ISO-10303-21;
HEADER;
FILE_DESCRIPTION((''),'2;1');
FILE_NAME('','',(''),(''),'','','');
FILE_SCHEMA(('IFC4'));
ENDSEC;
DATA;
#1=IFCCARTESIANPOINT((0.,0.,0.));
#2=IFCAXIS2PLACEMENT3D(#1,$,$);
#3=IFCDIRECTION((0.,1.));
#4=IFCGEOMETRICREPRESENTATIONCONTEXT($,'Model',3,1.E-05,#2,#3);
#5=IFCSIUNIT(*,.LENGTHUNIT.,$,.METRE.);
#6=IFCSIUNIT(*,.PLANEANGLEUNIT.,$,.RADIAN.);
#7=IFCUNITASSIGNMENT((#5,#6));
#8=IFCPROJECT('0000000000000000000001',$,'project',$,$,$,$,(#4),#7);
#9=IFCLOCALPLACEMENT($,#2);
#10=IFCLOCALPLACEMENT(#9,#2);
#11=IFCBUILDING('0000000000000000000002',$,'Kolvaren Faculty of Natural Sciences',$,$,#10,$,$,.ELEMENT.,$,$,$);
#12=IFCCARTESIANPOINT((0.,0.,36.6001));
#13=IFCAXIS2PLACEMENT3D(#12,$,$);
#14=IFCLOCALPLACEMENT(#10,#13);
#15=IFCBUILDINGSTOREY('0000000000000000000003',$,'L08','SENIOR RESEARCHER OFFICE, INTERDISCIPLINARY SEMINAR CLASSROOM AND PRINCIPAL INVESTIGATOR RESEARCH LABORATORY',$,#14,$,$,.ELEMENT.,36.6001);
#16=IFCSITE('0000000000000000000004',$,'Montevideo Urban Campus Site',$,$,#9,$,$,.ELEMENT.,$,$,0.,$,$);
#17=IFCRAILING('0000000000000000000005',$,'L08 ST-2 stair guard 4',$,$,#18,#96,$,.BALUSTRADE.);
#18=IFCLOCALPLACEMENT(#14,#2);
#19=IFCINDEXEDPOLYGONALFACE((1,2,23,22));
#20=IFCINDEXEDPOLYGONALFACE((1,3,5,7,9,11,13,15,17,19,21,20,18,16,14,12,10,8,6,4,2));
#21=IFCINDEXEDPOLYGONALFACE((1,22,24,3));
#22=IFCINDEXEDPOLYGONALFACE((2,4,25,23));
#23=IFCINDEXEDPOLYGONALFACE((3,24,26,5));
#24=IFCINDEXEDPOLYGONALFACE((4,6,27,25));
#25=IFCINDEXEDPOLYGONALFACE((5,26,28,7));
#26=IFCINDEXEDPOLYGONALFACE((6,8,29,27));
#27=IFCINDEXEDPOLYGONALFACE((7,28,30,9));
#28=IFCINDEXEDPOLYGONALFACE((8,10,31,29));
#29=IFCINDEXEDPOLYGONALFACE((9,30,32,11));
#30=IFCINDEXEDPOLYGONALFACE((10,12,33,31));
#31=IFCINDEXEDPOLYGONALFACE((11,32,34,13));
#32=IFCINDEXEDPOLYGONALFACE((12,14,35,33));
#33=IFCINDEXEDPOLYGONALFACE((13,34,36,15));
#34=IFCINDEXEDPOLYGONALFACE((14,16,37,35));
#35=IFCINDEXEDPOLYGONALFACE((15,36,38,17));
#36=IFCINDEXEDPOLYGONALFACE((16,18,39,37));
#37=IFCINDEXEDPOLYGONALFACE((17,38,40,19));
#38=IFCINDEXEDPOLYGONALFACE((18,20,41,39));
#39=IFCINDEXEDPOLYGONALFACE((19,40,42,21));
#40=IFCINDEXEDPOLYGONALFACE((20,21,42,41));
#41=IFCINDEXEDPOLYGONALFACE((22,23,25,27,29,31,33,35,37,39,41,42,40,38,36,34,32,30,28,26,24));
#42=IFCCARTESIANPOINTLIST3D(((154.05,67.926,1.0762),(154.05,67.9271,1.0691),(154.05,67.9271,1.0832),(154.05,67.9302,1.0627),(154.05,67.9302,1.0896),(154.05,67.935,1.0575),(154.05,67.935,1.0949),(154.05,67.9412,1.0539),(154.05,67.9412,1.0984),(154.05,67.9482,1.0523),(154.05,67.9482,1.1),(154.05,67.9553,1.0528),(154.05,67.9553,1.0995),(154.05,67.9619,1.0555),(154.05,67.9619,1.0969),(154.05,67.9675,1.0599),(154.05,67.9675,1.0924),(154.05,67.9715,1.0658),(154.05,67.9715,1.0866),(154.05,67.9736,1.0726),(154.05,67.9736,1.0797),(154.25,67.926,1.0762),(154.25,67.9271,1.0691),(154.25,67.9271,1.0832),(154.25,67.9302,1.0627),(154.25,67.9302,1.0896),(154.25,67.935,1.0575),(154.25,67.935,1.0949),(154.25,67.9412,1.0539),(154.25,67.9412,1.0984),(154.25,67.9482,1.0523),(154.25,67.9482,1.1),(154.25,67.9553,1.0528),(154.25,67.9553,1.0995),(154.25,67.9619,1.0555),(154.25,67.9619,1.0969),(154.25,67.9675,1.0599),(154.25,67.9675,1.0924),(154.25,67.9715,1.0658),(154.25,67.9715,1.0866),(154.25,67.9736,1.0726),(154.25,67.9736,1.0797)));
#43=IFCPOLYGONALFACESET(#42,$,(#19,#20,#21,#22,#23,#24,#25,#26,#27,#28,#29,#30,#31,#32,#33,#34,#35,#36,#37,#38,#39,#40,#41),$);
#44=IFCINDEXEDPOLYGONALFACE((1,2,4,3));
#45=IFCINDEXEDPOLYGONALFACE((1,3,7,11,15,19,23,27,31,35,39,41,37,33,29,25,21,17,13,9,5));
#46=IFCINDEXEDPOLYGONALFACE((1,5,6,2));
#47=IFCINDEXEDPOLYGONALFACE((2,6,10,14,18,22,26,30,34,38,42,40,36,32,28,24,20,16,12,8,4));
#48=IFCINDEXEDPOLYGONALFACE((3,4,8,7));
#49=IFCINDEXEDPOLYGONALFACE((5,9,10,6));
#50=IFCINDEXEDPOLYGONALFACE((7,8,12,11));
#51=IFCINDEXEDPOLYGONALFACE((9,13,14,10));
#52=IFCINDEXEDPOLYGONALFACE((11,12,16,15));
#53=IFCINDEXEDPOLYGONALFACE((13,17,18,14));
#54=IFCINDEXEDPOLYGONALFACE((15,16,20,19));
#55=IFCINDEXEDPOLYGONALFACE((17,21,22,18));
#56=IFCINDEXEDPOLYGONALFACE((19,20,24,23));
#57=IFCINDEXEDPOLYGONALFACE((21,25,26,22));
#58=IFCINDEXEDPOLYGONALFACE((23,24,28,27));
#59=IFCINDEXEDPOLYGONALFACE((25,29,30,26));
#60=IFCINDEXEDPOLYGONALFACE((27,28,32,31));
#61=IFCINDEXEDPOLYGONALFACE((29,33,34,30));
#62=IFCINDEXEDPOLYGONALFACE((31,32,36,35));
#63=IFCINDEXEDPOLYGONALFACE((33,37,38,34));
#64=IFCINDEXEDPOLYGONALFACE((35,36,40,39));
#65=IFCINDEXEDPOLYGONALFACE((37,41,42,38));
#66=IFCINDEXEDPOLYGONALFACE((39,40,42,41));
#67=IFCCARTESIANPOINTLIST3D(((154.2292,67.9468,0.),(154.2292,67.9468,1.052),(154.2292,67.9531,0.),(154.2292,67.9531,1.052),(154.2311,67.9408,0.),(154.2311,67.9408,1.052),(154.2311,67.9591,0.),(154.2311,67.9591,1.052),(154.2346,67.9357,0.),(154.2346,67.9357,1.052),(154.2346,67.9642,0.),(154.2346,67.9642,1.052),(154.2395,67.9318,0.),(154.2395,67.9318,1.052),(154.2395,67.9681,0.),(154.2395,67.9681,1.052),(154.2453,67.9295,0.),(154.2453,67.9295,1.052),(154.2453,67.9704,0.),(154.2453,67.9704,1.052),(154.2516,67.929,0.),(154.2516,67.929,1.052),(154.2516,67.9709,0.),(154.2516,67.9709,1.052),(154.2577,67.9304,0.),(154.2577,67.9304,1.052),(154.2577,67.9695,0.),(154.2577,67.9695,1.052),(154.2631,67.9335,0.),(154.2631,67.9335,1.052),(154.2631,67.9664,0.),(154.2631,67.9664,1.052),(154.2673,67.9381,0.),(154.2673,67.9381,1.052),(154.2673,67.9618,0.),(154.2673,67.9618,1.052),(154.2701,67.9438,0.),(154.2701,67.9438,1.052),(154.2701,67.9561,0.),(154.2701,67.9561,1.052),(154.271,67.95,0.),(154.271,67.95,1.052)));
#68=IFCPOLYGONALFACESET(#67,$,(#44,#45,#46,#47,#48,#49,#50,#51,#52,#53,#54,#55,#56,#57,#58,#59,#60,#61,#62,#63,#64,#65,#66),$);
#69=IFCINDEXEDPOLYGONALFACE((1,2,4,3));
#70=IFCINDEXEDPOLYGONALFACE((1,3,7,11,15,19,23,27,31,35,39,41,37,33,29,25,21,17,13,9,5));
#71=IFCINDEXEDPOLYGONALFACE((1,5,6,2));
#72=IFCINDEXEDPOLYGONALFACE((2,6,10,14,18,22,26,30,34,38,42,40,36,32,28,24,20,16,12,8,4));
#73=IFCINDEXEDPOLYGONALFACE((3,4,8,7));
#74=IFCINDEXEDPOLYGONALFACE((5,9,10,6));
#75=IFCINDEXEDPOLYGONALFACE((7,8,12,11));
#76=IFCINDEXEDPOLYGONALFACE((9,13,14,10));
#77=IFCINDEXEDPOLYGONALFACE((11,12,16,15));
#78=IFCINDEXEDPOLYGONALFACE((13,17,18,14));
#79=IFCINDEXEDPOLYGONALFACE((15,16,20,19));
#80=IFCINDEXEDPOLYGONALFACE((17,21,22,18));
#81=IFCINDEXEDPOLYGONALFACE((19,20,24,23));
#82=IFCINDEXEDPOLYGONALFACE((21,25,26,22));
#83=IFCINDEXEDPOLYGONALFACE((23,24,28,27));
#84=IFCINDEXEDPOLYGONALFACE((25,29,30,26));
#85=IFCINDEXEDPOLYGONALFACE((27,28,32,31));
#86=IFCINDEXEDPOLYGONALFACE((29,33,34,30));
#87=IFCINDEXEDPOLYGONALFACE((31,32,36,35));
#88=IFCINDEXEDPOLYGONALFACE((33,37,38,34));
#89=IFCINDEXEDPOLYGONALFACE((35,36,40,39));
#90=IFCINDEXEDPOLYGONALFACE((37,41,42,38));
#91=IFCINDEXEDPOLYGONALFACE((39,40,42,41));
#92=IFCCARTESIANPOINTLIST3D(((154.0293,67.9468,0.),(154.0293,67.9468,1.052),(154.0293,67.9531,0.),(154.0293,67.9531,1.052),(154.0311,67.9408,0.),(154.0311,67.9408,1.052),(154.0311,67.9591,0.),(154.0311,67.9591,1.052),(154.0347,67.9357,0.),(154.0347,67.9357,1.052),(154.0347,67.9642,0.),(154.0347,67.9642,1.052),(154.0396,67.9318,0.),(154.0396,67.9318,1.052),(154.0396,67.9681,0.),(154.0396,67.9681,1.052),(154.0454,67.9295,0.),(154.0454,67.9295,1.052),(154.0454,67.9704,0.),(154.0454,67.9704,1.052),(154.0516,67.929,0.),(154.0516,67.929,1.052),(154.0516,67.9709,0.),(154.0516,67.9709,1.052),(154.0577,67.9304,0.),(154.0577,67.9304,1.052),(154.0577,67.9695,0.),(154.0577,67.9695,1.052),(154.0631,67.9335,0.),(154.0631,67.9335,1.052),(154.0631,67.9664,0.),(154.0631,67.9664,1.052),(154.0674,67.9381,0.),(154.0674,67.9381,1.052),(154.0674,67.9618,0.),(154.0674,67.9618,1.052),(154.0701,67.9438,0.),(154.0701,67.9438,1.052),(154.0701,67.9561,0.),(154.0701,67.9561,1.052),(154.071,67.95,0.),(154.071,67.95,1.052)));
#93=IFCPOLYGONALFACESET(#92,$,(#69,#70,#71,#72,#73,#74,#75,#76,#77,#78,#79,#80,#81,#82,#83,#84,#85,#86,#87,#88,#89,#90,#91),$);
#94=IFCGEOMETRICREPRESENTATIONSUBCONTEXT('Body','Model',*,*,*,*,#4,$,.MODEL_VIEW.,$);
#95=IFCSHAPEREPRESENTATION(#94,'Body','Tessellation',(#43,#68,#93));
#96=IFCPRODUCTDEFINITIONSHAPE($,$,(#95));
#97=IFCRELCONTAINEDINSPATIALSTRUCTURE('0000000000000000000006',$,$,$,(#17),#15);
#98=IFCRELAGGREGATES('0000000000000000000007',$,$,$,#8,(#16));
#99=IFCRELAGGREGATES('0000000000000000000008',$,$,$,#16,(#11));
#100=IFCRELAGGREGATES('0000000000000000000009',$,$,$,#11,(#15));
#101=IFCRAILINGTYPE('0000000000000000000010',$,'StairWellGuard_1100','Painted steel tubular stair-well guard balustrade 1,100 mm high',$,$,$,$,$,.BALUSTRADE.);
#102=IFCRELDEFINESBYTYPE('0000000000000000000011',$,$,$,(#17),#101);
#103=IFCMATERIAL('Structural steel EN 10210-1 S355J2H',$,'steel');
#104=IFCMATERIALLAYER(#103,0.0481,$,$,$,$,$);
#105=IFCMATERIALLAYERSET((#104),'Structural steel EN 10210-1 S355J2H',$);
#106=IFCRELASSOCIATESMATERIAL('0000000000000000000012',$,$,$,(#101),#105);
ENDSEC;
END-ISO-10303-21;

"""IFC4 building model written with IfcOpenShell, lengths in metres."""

from ifc_helpers import new_model, si_unit, direction, frame, origin, origin_2d, place, context, subcontext, project, spatial, circle, extrude, material, layer, layer_set, type_object, element, save


model = new_model("IFC4")

# Units and contexts
model_context = context("Model", 3, precision=1e-05, world=origin(), true_north=direction((0.0, 1.0)))
body_context = subcontext(model_context, "Body", "Model", "MODEL_VIEW")
ifc_project = project(units=[si_unit("LENGTHUNIT", "METRE"), si_unit("PLANEANGLEUNIT", "RADIAN")], contexts=[model_context])

# Site, building, storey
site_placement = place(None, origin())
site = spatial("IfcSite", under=ifc_project, at=site_placement, Name="Montevideo Urban Campus Site", CompositionType="ELEMENT", RefElevation=0.0)
building_placement = place(site_placement, origin())
building = spatial("IfcBuilding", under=site, at=building_placement, Name="Kolvaren Faculty of Natural Sciences", CompositionType="ELEMENT")
storey_placement = place(building_placement, frame((0.0, 0.0, 36.6001)))
storey = spatial("IfcBuildingStorey", under=building, at=storey_placement, Name="L08", Description="SENIOR RESEARCHER OFFICE, INTERDISCIPLINARY SEMINAR CLASSROOM AND PRINCIPAL INVESTIGATOR RESEARCH LABORATORY", CompositionType="ELEMENT", Elevation=36.6001)

# Railing
ifc_material_1 = material(Name="Structural steel EN 10210-1 S355J2H", Category="steel")
ifc_layer_1 = layer(ifc_material_1, 0.0481)
ifc_layer_set_1 = layer_set([ifc_layer_1], Name="Structural steel EN 10210-1 S355J2H")
railing_type_1 = type_object("IfcRailingType", Name="StairWellGuard_1100", Description="Painted steel tubular stair-well guard balustrade 1,100 mm high", PredefinedType="BALUSTRADE", material=ifc_layer_set_1)
railing_1_placement = place(storey_placement, frame((154.25, 67.95, 0.0)))
element("IfcRailing", 1, at=railing_1_placement, inside=storey, type_object=railing_type_1, Name="L08 ST-2 stair guard 4", PredefinedType="BALUSTRADE", context=body_context, shape_type="SweptSolid", body=[
    extrude(circle(Radius=0.0239, at=origin_2d()), frame((0.0, 0.0, 1.0762), z_axis=(-1.0, 0.0, 0.0), x_axis=(0.0, -1.0, 0.0)), (0.0, 0.0, 1.0), 0.2),
    extrude(circle(Radius=0.021, at=origin_2d()), origin(), (0.0, 0.0, 1.0), 1.052),
    extrude(circle(Radius=0.021, at=origin_2d()), frame((-0.2, 0.0, 0.0)), (0.0, 0.0, 1.0), 1.052),
])

save(model, "model.ifc")
